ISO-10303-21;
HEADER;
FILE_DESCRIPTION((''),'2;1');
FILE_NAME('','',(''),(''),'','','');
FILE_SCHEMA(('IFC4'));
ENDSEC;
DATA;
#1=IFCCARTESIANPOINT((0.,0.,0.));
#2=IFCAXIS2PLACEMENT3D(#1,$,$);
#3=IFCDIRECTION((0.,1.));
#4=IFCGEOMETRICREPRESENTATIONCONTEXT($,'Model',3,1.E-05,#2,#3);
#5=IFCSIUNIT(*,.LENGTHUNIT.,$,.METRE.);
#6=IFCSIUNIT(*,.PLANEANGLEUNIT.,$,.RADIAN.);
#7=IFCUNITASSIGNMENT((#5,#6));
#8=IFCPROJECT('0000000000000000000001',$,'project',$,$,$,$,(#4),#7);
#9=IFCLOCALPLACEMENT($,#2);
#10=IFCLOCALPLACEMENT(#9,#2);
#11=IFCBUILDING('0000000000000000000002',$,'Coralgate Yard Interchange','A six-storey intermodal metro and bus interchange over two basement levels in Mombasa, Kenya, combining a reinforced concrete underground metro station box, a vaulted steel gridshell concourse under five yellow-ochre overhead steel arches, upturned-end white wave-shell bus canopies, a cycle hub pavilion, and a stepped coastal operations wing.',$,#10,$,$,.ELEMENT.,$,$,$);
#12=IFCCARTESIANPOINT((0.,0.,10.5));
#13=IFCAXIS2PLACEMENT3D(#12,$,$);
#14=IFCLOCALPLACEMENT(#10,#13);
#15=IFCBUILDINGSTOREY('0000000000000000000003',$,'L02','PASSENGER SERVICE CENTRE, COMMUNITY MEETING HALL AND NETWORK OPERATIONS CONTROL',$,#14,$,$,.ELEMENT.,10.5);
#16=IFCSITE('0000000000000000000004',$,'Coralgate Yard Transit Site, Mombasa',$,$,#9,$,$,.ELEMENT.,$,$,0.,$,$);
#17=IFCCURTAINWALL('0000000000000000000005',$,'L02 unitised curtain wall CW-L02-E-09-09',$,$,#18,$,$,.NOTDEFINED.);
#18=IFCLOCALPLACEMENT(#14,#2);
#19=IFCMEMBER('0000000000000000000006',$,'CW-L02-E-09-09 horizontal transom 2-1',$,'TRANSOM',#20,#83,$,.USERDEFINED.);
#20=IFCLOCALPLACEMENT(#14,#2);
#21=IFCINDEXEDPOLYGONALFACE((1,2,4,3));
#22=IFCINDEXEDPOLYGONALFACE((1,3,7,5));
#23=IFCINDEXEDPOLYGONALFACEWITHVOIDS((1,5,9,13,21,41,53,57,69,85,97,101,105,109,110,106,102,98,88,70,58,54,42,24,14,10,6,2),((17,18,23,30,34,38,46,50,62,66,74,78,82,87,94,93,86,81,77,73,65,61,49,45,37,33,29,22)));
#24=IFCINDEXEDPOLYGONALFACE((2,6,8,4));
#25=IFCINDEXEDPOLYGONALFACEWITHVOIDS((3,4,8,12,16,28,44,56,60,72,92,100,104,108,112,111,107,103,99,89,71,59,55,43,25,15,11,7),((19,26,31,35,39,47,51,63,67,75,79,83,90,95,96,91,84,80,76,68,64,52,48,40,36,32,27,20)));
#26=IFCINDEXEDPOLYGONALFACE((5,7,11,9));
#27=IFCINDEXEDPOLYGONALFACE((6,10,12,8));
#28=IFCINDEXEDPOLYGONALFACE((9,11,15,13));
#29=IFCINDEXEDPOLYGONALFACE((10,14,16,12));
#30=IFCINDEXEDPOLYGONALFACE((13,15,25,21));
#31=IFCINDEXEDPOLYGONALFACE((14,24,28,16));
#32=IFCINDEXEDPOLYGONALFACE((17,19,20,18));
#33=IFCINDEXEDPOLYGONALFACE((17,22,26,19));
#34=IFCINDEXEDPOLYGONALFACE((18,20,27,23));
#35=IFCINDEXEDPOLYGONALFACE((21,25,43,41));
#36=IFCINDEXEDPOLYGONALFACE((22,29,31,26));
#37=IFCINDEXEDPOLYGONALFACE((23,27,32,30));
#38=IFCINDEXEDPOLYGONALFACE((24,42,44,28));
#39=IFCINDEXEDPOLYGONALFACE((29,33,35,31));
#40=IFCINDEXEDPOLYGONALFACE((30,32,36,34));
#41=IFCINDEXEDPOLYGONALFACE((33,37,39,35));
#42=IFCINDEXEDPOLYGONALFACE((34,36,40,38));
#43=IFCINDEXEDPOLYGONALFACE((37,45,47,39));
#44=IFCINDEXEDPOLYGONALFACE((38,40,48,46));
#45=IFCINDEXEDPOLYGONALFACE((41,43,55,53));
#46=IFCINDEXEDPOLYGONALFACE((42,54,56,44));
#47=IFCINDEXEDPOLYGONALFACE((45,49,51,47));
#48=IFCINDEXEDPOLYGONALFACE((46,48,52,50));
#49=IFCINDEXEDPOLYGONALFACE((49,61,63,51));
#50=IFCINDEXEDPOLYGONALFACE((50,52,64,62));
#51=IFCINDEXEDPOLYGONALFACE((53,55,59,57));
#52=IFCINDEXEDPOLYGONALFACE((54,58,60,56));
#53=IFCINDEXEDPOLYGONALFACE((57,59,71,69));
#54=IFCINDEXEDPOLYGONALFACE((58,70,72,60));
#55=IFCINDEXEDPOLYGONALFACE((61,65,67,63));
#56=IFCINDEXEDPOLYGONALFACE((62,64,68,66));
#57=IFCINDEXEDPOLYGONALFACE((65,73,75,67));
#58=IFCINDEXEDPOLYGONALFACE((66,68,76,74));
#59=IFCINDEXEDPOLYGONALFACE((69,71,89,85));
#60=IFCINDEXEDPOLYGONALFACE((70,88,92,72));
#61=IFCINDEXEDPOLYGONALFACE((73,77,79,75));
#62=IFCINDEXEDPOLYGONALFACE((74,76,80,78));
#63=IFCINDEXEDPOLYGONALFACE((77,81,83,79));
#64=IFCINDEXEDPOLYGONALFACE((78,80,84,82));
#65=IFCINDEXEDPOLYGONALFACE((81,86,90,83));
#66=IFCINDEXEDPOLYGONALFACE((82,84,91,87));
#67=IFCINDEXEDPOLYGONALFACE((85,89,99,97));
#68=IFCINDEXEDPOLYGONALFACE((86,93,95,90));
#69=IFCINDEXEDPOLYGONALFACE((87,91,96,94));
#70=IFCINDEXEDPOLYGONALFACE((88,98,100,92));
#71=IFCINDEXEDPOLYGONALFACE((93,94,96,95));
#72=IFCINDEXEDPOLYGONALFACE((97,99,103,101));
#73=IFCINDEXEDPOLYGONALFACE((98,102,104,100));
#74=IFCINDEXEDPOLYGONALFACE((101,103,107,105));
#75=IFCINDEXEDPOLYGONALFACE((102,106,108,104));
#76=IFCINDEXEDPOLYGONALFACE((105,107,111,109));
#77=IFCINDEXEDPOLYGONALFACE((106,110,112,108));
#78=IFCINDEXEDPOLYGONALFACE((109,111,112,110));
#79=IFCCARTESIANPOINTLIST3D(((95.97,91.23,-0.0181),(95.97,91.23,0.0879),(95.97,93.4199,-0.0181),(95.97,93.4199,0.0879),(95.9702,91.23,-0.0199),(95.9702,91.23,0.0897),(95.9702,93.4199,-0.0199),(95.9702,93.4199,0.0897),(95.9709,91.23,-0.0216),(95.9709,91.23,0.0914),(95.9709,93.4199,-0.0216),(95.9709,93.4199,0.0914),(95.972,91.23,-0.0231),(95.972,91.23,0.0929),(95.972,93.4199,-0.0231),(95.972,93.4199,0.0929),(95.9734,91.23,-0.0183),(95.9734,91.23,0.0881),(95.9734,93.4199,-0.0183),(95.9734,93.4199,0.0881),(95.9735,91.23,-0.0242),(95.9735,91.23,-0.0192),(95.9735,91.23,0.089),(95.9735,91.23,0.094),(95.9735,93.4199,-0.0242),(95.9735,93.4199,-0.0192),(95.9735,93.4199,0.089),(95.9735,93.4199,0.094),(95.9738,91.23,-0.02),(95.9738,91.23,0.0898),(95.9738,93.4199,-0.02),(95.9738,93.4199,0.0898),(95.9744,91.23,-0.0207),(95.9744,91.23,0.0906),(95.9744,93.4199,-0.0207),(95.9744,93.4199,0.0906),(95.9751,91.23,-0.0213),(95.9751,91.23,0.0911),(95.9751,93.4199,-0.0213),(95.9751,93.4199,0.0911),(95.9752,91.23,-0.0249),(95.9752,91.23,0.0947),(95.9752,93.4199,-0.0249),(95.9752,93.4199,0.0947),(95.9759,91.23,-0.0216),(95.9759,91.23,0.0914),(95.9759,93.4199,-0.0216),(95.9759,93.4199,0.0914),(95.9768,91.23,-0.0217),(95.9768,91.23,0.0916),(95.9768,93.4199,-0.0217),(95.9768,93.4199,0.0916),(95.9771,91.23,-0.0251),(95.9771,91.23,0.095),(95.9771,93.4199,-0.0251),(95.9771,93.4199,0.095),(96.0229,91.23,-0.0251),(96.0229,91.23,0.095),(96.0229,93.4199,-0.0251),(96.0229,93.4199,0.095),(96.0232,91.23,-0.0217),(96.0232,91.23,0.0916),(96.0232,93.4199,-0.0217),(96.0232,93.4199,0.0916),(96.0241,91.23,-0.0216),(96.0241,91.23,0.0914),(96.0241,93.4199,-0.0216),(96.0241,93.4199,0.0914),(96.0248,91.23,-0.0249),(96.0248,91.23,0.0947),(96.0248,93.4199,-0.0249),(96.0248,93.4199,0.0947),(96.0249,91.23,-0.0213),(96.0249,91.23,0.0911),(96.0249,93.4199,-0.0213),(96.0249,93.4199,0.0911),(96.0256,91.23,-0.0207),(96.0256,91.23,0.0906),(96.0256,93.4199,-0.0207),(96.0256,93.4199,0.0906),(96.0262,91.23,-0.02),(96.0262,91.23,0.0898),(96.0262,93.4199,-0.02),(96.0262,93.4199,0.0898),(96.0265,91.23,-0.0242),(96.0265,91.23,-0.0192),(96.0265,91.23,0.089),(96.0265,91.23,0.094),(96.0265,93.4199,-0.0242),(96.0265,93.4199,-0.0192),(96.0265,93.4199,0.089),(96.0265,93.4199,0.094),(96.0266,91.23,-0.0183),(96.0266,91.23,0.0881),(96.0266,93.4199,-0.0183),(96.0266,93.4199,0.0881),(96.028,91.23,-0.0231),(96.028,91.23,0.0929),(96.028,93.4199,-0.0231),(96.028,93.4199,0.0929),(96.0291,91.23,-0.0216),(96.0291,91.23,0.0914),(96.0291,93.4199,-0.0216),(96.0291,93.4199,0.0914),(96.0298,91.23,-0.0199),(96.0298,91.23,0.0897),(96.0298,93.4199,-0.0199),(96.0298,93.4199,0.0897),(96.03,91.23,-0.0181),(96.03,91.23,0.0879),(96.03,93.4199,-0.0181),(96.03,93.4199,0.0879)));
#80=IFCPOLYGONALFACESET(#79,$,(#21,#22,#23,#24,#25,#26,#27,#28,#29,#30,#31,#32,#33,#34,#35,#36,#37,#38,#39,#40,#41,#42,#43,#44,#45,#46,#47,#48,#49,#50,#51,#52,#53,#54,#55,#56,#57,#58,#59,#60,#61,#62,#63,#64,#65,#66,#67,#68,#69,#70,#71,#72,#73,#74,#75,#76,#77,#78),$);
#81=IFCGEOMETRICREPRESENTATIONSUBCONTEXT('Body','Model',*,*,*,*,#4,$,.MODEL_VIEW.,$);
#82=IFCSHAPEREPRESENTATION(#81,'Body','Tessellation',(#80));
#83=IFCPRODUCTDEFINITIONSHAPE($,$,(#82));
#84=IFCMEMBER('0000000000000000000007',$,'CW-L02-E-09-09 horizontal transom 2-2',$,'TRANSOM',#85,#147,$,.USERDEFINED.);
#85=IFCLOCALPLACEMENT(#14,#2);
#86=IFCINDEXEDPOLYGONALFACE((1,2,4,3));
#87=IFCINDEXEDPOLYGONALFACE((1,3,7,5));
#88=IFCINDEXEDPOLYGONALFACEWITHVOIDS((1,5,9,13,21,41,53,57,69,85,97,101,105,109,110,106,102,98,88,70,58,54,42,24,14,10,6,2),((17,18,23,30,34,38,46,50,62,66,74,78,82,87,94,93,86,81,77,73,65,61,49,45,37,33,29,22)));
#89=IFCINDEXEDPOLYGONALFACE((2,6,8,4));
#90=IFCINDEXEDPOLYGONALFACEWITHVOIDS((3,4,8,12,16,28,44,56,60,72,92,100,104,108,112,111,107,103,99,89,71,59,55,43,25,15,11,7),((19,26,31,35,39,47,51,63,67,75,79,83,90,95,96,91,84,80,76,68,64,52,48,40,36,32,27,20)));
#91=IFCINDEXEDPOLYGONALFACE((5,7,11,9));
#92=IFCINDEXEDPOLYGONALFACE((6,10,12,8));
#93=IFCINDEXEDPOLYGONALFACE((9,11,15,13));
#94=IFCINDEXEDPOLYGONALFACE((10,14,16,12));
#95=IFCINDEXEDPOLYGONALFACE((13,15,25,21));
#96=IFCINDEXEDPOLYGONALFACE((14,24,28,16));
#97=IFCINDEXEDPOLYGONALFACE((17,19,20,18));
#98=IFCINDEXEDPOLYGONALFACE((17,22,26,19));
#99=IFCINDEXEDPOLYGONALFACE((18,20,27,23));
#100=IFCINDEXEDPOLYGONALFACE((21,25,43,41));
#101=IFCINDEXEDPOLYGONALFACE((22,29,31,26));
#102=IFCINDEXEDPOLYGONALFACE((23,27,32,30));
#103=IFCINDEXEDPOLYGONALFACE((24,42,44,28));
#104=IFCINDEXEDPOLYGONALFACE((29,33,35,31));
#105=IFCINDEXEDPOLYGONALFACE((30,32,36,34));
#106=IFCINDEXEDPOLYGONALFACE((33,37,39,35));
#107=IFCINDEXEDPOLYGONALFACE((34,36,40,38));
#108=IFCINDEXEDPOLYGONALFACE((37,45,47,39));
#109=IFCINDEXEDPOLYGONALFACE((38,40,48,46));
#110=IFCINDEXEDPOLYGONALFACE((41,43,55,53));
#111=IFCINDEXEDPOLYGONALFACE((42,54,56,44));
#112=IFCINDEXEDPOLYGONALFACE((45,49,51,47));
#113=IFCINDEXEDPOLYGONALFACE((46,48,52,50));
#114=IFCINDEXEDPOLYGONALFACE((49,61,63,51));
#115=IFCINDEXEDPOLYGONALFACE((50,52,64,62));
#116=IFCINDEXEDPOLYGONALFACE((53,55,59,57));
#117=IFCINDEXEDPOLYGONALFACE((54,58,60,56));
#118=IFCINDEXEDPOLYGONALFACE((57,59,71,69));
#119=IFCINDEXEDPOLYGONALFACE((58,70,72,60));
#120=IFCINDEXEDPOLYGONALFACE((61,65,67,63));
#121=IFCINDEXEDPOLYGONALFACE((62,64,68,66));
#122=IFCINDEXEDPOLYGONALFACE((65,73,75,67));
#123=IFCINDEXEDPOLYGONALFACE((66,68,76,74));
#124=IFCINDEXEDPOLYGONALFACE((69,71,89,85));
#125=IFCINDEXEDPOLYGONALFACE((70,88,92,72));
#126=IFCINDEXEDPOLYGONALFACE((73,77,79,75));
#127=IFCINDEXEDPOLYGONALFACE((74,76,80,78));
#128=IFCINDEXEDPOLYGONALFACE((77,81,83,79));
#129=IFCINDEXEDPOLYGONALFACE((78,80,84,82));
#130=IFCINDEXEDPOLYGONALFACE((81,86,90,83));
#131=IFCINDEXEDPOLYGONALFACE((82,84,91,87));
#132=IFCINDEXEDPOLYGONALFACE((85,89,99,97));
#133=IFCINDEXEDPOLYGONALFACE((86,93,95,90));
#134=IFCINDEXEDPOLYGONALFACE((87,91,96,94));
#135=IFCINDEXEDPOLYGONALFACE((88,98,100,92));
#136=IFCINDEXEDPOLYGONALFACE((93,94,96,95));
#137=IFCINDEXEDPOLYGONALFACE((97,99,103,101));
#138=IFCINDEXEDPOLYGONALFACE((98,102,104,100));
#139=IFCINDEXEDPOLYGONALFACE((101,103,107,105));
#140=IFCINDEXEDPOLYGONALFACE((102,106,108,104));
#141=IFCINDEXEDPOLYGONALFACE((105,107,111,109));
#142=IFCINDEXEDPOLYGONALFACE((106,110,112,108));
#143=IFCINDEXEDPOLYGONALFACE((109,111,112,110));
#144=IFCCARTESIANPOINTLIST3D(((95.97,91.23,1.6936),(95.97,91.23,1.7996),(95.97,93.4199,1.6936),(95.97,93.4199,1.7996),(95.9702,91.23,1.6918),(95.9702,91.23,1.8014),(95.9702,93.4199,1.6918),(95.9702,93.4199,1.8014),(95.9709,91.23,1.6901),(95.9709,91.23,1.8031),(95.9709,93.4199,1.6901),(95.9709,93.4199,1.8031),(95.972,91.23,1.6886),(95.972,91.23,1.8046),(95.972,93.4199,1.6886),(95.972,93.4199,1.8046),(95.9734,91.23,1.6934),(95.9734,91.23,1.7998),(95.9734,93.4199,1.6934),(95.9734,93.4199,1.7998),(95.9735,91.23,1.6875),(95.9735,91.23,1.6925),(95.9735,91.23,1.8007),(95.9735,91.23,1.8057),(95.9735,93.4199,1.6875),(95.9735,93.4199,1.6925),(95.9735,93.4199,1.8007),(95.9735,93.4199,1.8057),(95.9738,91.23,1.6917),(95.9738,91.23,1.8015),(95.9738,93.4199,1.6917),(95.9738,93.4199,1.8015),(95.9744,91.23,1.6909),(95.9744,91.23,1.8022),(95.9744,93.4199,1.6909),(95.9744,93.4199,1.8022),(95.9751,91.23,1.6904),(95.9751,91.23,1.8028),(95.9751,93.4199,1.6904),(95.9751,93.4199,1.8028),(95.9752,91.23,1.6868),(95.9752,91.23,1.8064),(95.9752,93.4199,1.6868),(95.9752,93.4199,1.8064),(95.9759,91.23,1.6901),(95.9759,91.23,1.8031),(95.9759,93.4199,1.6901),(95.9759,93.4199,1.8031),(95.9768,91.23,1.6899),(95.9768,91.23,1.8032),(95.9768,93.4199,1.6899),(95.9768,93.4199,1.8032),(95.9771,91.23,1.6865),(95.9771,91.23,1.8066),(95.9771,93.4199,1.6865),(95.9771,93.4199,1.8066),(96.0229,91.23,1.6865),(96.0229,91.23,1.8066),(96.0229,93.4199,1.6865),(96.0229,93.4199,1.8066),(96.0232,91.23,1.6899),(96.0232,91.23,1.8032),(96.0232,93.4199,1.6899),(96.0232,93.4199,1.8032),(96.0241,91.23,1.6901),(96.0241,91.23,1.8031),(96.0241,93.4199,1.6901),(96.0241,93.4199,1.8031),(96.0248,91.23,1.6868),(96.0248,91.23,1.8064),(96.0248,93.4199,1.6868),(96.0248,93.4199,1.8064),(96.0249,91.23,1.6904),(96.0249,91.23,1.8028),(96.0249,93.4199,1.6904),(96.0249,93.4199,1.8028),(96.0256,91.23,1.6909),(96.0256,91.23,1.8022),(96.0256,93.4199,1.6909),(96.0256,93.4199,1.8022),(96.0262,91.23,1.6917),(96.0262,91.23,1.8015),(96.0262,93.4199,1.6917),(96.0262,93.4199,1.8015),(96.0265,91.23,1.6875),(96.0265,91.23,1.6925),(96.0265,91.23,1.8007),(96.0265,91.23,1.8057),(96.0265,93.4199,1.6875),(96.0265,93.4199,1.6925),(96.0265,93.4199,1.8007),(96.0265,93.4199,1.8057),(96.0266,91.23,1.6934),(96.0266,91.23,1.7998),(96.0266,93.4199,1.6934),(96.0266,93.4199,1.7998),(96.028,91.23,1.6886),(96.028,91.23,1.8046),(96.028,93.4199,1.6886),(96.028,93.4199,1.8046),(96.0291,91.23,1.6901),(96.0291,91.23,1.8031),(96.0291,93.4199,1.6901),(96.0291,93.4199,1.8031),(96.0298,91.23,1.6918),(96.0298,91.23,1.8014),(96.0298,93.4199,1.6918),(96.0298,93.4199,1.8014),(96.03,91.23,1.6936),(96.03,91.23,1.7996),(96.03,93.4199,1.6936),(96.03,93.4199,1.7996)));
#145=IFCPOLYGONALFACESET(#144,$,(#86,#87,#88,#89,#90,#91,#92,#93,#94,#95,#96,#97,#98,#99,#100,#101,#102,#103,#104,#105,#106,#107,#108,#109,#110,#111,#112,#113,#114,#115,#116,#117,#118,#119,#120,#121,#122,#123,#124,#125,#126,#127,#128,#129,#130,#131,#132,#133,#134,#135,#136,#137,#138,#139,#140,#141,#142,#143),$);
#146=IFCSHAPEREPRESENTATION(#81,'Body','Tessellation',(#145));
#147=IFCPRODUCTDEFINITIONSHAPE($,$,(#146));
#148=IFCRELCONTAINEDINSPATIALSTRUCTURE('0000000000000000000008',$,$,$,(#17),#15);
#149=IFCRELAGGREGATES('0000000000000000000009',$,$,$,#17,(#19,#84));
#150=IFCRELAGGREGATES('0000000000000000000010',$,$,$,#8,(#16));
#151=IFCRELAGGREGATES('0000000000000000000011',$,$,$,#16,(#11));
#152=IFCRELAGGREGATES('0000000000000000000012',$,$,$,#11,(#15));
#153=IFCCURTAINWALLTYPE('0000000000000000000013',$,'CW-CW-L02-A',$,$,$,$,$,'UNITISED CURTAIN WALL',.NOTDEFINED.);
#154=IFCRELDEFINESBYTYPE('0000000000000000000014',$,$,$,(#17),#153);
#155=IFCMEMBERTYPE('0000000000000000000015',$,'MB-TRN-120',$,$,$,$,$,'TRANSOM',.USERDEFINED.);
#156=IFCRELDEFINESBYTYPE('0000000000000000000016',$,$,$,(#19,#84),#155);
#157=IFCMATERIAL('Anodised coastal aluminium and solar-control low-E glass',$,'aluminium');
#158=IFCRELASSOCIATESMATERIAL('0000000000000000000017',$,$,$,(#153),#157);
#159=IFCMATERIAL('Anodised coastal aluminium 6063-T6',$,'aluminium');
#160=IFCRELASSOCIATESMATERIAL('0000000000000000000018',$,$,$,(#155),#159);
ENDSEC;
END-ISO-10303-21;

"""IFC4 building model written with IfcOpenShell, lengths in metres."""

from ifc_helpers import new_model, si_unit, direction, frame, origin, origin_2d, place, context, subcontext, project, spatial, hollow_rectangle, extrude, material, material_profile, profile_set, type_object, element, aggregate, save


model = new_model("IFC4")

# Units and contexts
model_context = context("Model", 3, precision=1e-05, world=origin(), true_north=direction((0.0, 1.0)))
body_context = subcontext(model_context, "Body", "Model", "MODEL_VIEW")
ifc_project = project(units=[si_unit("LENGTHUNIT", "METRE"), si_unit("PLANEANGLEUNIT", "RADIAN")], contexts=[model_context])

# Site, building, storey
site_placement = place(None, origin())
site = spatial("IfcSite", under=ifc_project, at=site_placement, Name="Coralgate Yard Transit Site, Mombasa", CompositionType="ELEMENT", RefElevation=0.0)
building_placement = place(site_placement, origin())
building = spatial("IfcBuilding", under=site, at=building_placement, Name="Coralgate Yard Interchange", Description="A six-storey intermodal metro and bus interchange over two basement levels in Mombasa, Kenya, combining a reinforced concrete underground metro station box, a vaulted steel gridshell concourse under five yellow-ochre overhead steel arches, upturned-end white wave-shell bus canopies, a cycle hub pavilion, and a stepped coastal operations wing.", CompositionType="ELEMENT")
storey_placement = place(building_placement, frame((0.0, 0.0, 10.5)))
storey = spatial("IfcBuildingStorey", under=building, at=storey_placement, Name="L02", Description="PASSENGER SERVICE CENTRE, COMMUNITY MEETING HALL AND NETWORK OPERATIONS CONTROL", CompositionType="ELEMENT", Elevation=10.5)

# Shared definitions
ifc_material_1 = material(Name="Anodised coastal aluminium and solar-control low-E glass", Category="aluminium")
curtain_wall_type = type_object("IfcCurtainWallType", Name="CW-CW-L02-A", ElementType="UNITISED CURTAIN WALL", PredefinedType="NOTDEFINED", material=ifc_material_1)
ifc_material_2 = material(Name="Anodised coastal aluminium 6063-T6", Category="aluminium")

# Curtain wall
curtain_wall_1_placement = place(storey_placement, origin())
curtain_wall_1 = element("IfcCurtainWall", 1, at=curtain_wall_1_placement, inside=storey, type_object=curtain_wall_type, Name="L02 unitised curtain wall CW-L02-E-09-09", PredefinedType="NOTDEFINED")

# Members
ifc_material_profile_1 = material_profile(ifc_material_2, hollow_rectangle(XDim=0.0601, YDim=0.1201, WallThickness=0.0034, InnerFilletRadius=0.0034, OuterFilletRadius=0.0071, at=origin_2d()), Name="ALU 60x120x3.5")
ifc_profile_set_1 = profile_set([ifc_material_profile_1], Name="Anodised coastal aluminium 6063-T6")
member_type_1 = type_object("IfcMemberType", Name="MB-TRN-120", ElementType="TRANSOM", PredefinedType="USERDEFINED", material=ifc_profile_set_1)
member_1_placement = place(storey_placement, frame((96.0, 93.4199, 0.0349), z_axis=(0.0, -1.0, 0.0), x_axis=(1.0, 0.0, 0.0)))
member_1 = element("IfcMember", 2, at=member_1_placement, type_object=member_type_1, Name="CW-L02-E-09-09 horizontal transom 2-1", ObjectType="TRANSOM", PredefinedType="USERDEFINED", context=body_context, shape_type="SweptSolid", body=[
    extrude(hollow_rectangle(XDim=0.0601, YDim=0.1201, WallThickness=0.0034, InnerFilletRadius=0.0034, OuterFilletRadius=0.0071, at=origin_2d()), origin(), (0.0, 0.0, 1.0), 2.1899),
])
member_2_placement = place(storey_placement, frame((96.0, 93.4199, 1.7466), z_axis=(0.0, -1.0, 0.0), x_axis=(1.0, 0.0, 0.0)))
member_2 = element("IfcMember", 3, at=member_2_placement, type_object=member_type_1, Name="CW-L02-E-09-09 horizontal transom 2-2", ObjectType="TRANSOM", PredefinedType="USERDEFINED", context=body_context, shape_type="SweptSolid", body=[
    extrude(hollow_rectangle(XDim=0.0601, YDim=0.1201, WallThickness=0.0034, InnerFilletRadius=0.0034, OuterFilletRadius=0.0071, at=origin_2d()), origin(), (0.0, 0.0, 1.0), 2.1899),
])

aggregate(curtain_wall_1, [member_1, member_2])

save(model, "model.ifc")
